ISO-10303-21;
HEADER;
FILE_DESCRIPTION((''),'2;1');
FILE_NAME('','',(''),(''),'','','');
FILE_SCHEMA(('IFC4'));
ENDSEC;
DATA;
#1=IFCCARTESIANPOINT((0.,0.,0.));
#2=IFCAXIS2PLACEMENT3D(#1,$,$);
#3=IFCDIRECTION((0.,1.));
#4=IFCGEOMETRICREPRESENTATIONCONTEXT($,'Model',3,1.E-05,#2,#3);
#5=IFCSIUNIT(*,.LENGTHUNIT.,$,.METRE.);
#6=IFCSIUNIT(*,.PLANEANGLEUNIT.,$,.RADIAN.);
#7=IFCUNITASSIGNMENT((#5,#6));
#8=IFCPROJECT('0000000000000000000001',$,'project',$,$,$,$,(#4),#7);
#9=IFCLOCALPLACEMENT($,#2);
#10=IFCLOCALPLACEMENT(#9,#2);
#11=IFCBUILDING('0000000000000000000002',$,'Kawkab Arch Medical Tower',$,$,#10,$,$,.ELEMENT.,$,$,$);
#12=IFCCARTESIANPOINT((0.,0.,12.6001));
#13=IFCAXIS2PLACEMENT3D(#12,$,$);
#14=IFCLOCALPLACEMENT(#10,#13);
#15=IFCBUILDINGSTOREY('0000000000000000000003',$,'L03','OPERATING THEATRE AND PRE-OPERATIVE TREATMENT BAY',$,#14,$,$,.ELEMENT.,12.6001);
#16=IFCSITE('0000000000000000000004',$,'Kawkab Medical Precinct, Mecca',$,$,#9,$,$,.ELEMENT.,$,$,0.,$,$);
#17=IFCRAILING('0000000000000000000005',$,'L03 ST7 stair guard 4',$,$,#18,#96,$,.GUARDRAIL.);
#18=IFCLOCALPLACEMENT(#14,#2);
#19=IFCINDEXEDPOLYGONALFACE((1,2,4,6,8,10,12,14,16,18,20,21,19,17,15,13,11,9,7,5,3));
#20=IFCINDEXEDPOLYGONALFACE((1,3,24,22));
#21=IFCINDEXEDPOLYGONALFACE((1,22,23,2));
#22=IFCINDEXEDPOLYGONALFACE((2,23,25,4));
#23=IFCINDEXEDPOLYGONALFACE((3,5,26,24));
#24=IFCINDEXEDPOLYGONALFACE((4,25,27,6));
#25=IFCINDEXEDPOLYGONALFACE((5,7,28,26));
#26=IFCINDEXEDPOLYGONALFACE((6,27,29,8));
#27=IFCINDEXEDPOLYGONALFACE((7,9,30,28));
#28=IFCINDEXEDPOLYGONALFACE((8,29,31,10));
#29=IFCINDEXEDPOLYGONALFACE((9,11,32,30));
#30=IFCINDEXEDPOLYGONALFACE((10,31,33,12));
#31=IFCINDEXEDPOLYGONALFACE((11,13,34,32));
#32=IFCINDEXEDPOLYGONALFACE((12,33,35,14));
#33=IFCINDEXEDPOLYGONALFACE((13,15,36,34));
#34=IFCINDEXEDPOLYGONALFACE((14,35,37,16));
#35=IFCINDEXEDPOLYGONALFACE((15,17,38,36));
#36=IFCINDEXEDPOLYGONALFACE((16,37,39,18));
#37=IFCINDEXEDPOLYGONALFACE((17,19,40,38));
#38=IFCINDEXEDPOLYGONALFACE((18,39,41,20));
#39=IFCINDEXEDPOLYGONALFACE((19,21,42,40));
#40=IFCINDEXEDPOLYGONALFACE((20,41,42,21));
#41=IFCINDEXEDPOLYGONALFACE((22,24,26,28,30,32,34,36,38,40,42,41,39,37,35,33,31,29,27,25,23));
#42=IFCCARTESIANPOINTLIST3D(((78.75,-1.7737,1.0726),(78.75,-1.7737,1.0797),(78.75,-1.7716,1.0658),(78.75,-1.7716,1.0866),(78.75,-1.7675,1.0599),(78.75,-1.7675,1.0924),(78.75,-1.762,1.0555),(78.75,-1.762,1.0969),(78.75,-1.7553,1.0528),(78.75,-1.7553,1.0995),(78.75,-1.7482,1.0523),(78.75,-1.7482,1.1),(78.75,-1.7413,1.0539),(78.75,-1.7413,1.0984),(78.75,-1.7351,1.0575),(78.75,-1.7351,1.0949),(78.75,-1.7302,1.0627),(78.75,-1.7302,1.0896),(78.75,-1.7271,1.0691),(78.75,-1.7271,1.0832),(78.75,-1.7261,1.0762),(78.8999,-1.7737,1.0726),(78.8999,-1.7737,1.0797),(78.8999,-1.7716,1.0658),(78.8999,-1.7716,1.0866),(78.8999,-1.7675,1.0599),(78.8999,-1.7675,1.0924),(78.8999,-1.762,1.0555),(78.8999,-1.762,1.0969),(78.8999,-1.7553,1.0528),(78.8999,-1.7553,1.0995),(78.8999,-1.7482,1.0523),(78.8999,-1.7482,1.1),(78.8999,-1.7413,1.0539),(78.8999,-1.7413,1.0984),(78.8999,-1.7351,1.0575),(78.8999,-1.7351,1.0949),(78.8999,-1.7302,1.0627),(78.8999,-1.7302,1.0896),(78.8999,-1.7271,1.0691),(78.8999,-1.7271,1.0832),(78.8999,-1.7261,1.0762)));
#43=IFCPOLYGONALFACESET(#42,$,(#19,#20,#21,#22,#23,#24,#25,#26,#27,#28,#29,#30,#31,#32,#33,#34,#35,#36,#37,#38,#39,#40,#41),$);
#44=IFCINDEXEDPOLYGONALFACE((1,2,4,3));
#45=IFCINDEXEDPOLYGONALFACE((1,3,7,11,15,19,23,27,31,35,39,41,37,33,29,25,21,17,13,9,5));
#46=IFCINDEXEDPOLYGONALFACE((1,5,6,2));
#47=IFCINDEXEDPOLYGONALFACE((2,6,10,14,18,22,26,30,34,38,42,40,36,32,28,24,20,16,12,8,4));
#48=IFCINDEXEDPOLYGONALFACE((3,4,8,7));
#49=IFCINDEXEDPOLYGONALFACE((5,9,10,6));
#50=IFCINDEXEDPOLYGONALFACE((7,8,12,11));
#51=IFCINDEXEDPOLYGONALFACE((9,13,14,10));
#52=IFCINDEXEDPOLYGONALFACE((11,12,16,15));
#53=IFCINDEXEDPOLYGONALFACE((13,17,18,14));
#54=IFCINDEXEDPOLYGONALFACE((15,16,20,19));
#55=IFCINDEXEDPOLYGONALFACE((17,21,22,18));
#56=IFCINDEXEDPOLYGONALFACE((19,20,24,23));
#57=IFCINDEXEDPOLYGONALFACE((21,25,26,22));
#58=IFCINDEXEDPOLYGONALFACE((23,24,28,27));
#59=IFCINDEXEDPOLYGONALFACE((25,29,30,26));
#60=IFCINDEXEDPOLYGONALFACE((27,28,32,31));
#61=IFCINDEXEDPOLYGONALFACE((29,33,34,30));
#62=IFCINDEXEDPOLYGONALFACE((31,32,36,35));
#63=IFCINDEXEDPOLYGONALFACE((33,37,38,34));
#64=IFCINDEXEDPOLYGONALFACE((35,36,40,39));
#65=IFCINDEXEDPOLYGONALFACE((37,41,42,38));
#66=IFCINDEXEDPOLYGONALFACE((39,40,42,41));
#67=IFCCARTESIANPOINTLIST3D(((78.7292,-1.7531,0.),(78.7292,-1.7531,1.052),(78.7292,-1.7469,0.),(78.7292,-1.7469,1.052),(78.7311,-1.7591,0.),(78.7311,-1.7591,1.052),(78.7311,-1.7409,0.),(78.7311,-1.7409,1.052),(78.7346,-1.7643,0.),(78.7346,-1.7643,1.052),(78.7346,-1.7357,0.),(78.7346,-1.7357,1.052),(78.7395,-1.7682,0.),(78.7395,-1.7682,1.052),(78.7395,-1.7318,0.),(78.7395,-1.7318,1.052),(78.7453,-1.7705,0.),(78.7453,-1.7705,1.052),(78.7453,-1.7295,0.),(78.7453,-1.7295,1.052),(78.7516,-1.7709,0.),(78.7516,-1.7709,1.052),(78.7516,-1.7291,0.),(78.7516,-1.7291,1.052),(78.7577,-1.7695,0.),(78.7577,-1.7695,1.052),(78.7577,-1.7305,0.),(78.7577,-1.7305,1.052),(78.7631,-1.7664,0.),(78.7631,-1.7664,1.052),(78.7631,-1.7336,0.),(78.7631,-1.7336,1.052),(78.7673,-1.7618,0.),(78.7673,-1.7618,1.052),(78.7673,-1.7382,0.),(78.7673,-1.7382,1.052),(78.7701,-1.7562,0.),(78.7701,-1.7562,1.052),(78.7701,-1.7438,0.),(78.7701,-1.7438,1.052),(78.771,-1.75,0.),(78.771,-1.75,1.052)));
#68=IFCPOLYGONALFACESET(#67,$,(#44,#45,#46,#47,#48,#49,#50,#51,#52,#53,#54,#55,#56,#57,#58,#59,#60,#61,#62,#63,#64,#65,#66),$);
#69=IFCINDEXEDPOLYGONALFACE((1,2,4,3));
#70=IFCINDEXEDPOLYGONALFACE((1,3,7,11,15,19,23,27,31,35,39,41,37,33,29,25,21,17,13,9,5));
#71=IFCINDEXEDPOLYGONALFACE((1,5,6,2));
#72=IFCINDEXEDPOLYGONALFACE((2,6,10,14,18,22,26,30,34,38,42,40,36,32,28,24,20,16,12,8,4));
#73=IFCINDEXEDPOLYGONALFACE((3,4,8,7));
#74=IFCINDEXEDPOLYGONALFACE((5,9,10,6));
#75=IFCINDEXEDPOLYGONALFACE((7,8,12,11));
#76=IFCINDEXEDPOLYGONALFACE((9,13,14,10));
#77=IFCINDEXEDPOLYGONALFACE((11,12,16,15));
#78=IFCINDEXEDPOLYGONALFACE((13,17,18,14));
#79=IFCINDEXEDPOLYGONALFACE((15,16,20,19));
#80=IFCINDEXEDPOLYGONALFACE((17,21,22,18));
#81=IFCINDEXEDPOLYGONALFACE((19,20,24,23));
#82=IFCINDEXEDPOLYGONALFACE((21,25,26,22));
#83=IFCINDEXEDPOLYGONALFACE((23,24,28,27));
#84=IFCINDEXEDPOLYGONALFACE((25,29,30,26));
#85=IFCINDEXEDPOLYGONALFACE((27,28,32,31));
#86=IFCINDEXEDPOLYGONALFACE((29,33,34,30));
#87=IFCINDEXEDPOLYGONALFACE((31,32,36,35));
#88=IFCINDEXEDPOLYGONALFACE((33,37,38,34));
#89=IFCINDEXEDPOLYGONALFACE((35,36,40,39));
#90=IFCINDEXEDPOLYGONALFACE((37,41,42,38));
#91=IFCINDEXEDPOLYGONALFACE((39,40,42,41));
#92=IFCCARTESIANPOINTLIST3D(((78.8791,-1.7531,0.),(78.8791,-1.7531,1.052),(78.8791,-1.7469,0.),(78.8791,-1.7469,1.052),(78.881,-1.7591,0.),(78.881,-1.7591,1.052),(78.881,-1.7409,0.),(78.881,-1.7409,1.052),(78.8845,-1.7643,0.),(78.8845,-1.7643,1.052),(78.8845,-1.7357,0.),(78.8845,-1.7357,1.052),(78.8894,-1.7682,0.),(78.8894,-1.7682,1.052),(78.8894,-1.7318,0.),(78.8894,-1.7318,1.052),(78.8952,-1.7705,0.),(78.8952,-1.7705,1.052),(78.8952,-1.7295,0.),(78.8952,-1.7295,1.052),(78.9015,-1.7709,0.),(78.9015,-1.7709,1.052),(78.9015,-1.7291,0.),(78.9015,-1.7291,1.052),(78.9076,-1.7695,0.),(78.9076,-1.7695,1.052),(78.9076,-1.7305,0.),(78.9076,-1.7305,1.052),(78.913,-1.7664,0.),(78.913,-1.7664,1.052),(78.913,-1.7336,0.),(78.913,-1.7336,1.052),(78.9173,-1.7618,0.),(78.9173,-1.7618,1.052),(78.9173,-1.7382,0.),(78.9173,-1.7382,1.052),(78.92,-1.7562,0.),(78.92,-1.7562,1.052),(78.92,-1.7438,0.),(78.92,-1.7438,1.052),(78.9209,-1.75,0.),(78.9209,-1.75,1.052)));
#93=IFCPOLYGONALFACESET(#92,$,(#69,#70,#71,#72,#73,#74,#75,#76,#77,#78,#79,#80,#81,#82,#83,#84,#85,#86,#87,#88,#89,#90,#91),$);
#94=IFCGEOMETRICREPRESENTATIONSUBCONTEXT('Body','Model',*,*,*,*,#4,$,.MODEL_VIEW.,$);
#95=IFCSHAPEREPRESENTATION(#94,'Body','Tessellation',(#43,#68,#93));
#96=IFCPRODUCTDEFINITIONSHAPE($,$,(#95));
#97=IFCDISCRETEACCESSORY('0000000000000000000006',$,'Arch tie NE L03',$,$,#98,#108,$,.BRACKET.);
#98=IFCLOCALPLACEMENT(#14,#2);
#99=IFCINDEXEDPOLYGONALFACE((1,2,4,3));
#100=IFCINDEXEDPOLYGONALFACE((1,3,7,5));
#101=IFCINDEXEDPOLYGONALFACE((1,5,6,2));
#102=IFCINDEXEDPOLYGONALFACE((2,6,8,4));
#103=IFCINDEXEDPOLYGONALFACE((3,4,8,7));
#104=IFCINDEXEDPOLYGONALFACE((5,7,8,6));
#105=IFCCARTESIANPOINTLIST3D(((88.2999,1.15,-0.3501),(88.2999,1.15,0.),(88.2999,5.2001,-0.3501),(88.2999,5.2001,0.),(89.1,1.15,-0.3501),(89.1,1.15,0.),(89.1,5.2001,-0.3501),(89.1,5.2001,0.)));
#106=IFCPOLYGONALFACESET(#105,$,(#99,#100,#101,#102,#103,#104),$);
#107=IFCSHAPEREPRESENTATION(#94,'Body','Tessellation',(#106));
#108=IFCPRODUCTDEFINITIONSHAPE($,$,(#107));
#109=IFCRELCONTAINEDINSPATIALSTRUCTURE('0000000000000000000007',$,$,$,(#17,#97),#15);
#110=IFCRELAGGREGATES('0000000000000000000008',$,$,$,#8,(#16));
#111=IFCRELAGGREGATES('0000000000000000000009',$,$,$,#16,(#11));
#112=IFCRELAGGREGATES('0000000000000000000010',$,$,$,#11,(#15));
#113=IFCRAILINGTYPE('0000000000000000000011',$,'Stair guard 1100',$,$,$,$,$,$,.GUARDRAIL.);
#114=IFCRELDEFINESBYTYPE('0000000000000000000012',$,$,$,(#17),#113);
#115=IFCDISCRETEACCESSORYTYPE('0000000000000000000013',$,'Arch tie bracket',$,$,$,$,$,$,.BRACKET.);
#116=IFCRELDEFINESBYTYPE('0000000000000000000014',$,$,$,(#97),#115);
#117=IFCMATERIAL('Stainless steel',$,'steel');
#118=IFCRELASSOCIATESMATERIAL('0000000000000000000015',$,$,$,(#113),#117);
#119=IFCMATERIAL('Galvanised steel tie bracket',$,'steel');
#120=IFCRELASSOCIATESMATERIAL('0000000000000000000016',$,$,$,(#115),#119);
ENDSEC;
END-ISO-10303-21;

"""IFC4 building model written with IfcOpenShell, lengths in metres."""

from ifc_helpers import new_model, si_unit, direction, frame, origin, origin_2d, place, context, subcontext, project, spatial, rectangle, circle, extrude, material, type_object, element, save


model = new_model("IFC4")

# Units and contexts
model_context = context("Model", 3, precision=1e-05, world=origin(), true_north=direction((0.0, 1.0)))
body_context = subcontext(model_context, "Body", "Model", "MODEL_VIEW")
ifc_project = project(units=[si_unit("LENGTHUNIT", "METRE"), si_unit("PLANEANGLEUNIT", "RADIAN")], contexts=[model_context])

# Site, building, storey
site_placement = place(None, origin())
site = spatial("IfcSite", under=ifc_project, at=site_placement, Name="Kawkab Medical Precinct, Mecca", CompositionType="ELEMENT", RefElevation=0.0)
building_placement = place(site_placement, origin())
building = spatial("IfcBuilding", under=site, at=building_placement, Name="Kawkab Arch Medical Tower", CompositionType="ELEMENT")
storey_placement = place(building_placement, frame((0.0, 0.0, 12.6001)))
storey = spatial("IfcBuildingStorey", under=building, at=storey_placement, Name="L03", Description="OPERATING THEATRE AND PRE-OPERATIVE TREATMENT BAY", CompositionType="ELEMENT", Elevation=12.6001)

# Railing
ifc_material_1 = material(Name="Stainless steel", Category="steel")
railing_type = type_object("IfcRailingType", Name="Stair guard 1100", PredefinedType="GUARDRAIL", material=ifc_material_1)
railing_1_placement = place(storey_placement, frame((78.75, -1.75, 0.0)))
element("IfcRailing", 1, at=railing_1_placement, inside=storey, type_object=railing_type, Name="L03 ST7 stair guard 4", PredefinedType="GUARDRAIL", context=body_context, shape_type="SweptSolid", body=[
    extrude(circle(Radius=0.0239, at=origin_2d()), frame((0.0, 0.0, 1.0762), z_axis=(1.0, 0.0, 0.0), x_axis=(0.0, 1.0, 0.0)), (0.0, 0.0, 1.0), 0.1499),
    extrude(circle(Radius=0.021, at=origin_2d()), origin(), (0.0, 0.0, 1.0), 1.052),
    extrude(circle(Radius=0.021, at=origin_2d()), frame((0.1499, 0.0, 0.0)), (0.0, 0.0, 1.0), 1.052),
])

# Discrete accessory
ifc_material_2 = material(Name="Galvanised steel tie bracket", Category="steel")
discrete_accessory_type = type_object("IfcDiscreteAccessoryType", Name="Arch tie bracket", PredefinedType="BRACKET", material=ifc_material_2)
discrete_accessory_placement = place(storey_placement, frame((88.7, 3.175, -0.3501), z_axis=(0.0, 0.0, 1.0), x_axis=(1.0, 0.0, 0.0)))
element("IfcDiscreteAccessory", 2, at=discrete_accessory_placement, inside=storey, type_object=discrete_accessory_type, Name="Arch tie NE L03", PredefinedType="BRACKET", context=body_context, shape_type="SweptSolid", body=[
    extrude(rectangle(XDim=0.8, YDim=4.05, at=origin_2d()), origin(), (0.0, 0.0, 1.0), 0.3501),
])

save(model, "model.ifc")
